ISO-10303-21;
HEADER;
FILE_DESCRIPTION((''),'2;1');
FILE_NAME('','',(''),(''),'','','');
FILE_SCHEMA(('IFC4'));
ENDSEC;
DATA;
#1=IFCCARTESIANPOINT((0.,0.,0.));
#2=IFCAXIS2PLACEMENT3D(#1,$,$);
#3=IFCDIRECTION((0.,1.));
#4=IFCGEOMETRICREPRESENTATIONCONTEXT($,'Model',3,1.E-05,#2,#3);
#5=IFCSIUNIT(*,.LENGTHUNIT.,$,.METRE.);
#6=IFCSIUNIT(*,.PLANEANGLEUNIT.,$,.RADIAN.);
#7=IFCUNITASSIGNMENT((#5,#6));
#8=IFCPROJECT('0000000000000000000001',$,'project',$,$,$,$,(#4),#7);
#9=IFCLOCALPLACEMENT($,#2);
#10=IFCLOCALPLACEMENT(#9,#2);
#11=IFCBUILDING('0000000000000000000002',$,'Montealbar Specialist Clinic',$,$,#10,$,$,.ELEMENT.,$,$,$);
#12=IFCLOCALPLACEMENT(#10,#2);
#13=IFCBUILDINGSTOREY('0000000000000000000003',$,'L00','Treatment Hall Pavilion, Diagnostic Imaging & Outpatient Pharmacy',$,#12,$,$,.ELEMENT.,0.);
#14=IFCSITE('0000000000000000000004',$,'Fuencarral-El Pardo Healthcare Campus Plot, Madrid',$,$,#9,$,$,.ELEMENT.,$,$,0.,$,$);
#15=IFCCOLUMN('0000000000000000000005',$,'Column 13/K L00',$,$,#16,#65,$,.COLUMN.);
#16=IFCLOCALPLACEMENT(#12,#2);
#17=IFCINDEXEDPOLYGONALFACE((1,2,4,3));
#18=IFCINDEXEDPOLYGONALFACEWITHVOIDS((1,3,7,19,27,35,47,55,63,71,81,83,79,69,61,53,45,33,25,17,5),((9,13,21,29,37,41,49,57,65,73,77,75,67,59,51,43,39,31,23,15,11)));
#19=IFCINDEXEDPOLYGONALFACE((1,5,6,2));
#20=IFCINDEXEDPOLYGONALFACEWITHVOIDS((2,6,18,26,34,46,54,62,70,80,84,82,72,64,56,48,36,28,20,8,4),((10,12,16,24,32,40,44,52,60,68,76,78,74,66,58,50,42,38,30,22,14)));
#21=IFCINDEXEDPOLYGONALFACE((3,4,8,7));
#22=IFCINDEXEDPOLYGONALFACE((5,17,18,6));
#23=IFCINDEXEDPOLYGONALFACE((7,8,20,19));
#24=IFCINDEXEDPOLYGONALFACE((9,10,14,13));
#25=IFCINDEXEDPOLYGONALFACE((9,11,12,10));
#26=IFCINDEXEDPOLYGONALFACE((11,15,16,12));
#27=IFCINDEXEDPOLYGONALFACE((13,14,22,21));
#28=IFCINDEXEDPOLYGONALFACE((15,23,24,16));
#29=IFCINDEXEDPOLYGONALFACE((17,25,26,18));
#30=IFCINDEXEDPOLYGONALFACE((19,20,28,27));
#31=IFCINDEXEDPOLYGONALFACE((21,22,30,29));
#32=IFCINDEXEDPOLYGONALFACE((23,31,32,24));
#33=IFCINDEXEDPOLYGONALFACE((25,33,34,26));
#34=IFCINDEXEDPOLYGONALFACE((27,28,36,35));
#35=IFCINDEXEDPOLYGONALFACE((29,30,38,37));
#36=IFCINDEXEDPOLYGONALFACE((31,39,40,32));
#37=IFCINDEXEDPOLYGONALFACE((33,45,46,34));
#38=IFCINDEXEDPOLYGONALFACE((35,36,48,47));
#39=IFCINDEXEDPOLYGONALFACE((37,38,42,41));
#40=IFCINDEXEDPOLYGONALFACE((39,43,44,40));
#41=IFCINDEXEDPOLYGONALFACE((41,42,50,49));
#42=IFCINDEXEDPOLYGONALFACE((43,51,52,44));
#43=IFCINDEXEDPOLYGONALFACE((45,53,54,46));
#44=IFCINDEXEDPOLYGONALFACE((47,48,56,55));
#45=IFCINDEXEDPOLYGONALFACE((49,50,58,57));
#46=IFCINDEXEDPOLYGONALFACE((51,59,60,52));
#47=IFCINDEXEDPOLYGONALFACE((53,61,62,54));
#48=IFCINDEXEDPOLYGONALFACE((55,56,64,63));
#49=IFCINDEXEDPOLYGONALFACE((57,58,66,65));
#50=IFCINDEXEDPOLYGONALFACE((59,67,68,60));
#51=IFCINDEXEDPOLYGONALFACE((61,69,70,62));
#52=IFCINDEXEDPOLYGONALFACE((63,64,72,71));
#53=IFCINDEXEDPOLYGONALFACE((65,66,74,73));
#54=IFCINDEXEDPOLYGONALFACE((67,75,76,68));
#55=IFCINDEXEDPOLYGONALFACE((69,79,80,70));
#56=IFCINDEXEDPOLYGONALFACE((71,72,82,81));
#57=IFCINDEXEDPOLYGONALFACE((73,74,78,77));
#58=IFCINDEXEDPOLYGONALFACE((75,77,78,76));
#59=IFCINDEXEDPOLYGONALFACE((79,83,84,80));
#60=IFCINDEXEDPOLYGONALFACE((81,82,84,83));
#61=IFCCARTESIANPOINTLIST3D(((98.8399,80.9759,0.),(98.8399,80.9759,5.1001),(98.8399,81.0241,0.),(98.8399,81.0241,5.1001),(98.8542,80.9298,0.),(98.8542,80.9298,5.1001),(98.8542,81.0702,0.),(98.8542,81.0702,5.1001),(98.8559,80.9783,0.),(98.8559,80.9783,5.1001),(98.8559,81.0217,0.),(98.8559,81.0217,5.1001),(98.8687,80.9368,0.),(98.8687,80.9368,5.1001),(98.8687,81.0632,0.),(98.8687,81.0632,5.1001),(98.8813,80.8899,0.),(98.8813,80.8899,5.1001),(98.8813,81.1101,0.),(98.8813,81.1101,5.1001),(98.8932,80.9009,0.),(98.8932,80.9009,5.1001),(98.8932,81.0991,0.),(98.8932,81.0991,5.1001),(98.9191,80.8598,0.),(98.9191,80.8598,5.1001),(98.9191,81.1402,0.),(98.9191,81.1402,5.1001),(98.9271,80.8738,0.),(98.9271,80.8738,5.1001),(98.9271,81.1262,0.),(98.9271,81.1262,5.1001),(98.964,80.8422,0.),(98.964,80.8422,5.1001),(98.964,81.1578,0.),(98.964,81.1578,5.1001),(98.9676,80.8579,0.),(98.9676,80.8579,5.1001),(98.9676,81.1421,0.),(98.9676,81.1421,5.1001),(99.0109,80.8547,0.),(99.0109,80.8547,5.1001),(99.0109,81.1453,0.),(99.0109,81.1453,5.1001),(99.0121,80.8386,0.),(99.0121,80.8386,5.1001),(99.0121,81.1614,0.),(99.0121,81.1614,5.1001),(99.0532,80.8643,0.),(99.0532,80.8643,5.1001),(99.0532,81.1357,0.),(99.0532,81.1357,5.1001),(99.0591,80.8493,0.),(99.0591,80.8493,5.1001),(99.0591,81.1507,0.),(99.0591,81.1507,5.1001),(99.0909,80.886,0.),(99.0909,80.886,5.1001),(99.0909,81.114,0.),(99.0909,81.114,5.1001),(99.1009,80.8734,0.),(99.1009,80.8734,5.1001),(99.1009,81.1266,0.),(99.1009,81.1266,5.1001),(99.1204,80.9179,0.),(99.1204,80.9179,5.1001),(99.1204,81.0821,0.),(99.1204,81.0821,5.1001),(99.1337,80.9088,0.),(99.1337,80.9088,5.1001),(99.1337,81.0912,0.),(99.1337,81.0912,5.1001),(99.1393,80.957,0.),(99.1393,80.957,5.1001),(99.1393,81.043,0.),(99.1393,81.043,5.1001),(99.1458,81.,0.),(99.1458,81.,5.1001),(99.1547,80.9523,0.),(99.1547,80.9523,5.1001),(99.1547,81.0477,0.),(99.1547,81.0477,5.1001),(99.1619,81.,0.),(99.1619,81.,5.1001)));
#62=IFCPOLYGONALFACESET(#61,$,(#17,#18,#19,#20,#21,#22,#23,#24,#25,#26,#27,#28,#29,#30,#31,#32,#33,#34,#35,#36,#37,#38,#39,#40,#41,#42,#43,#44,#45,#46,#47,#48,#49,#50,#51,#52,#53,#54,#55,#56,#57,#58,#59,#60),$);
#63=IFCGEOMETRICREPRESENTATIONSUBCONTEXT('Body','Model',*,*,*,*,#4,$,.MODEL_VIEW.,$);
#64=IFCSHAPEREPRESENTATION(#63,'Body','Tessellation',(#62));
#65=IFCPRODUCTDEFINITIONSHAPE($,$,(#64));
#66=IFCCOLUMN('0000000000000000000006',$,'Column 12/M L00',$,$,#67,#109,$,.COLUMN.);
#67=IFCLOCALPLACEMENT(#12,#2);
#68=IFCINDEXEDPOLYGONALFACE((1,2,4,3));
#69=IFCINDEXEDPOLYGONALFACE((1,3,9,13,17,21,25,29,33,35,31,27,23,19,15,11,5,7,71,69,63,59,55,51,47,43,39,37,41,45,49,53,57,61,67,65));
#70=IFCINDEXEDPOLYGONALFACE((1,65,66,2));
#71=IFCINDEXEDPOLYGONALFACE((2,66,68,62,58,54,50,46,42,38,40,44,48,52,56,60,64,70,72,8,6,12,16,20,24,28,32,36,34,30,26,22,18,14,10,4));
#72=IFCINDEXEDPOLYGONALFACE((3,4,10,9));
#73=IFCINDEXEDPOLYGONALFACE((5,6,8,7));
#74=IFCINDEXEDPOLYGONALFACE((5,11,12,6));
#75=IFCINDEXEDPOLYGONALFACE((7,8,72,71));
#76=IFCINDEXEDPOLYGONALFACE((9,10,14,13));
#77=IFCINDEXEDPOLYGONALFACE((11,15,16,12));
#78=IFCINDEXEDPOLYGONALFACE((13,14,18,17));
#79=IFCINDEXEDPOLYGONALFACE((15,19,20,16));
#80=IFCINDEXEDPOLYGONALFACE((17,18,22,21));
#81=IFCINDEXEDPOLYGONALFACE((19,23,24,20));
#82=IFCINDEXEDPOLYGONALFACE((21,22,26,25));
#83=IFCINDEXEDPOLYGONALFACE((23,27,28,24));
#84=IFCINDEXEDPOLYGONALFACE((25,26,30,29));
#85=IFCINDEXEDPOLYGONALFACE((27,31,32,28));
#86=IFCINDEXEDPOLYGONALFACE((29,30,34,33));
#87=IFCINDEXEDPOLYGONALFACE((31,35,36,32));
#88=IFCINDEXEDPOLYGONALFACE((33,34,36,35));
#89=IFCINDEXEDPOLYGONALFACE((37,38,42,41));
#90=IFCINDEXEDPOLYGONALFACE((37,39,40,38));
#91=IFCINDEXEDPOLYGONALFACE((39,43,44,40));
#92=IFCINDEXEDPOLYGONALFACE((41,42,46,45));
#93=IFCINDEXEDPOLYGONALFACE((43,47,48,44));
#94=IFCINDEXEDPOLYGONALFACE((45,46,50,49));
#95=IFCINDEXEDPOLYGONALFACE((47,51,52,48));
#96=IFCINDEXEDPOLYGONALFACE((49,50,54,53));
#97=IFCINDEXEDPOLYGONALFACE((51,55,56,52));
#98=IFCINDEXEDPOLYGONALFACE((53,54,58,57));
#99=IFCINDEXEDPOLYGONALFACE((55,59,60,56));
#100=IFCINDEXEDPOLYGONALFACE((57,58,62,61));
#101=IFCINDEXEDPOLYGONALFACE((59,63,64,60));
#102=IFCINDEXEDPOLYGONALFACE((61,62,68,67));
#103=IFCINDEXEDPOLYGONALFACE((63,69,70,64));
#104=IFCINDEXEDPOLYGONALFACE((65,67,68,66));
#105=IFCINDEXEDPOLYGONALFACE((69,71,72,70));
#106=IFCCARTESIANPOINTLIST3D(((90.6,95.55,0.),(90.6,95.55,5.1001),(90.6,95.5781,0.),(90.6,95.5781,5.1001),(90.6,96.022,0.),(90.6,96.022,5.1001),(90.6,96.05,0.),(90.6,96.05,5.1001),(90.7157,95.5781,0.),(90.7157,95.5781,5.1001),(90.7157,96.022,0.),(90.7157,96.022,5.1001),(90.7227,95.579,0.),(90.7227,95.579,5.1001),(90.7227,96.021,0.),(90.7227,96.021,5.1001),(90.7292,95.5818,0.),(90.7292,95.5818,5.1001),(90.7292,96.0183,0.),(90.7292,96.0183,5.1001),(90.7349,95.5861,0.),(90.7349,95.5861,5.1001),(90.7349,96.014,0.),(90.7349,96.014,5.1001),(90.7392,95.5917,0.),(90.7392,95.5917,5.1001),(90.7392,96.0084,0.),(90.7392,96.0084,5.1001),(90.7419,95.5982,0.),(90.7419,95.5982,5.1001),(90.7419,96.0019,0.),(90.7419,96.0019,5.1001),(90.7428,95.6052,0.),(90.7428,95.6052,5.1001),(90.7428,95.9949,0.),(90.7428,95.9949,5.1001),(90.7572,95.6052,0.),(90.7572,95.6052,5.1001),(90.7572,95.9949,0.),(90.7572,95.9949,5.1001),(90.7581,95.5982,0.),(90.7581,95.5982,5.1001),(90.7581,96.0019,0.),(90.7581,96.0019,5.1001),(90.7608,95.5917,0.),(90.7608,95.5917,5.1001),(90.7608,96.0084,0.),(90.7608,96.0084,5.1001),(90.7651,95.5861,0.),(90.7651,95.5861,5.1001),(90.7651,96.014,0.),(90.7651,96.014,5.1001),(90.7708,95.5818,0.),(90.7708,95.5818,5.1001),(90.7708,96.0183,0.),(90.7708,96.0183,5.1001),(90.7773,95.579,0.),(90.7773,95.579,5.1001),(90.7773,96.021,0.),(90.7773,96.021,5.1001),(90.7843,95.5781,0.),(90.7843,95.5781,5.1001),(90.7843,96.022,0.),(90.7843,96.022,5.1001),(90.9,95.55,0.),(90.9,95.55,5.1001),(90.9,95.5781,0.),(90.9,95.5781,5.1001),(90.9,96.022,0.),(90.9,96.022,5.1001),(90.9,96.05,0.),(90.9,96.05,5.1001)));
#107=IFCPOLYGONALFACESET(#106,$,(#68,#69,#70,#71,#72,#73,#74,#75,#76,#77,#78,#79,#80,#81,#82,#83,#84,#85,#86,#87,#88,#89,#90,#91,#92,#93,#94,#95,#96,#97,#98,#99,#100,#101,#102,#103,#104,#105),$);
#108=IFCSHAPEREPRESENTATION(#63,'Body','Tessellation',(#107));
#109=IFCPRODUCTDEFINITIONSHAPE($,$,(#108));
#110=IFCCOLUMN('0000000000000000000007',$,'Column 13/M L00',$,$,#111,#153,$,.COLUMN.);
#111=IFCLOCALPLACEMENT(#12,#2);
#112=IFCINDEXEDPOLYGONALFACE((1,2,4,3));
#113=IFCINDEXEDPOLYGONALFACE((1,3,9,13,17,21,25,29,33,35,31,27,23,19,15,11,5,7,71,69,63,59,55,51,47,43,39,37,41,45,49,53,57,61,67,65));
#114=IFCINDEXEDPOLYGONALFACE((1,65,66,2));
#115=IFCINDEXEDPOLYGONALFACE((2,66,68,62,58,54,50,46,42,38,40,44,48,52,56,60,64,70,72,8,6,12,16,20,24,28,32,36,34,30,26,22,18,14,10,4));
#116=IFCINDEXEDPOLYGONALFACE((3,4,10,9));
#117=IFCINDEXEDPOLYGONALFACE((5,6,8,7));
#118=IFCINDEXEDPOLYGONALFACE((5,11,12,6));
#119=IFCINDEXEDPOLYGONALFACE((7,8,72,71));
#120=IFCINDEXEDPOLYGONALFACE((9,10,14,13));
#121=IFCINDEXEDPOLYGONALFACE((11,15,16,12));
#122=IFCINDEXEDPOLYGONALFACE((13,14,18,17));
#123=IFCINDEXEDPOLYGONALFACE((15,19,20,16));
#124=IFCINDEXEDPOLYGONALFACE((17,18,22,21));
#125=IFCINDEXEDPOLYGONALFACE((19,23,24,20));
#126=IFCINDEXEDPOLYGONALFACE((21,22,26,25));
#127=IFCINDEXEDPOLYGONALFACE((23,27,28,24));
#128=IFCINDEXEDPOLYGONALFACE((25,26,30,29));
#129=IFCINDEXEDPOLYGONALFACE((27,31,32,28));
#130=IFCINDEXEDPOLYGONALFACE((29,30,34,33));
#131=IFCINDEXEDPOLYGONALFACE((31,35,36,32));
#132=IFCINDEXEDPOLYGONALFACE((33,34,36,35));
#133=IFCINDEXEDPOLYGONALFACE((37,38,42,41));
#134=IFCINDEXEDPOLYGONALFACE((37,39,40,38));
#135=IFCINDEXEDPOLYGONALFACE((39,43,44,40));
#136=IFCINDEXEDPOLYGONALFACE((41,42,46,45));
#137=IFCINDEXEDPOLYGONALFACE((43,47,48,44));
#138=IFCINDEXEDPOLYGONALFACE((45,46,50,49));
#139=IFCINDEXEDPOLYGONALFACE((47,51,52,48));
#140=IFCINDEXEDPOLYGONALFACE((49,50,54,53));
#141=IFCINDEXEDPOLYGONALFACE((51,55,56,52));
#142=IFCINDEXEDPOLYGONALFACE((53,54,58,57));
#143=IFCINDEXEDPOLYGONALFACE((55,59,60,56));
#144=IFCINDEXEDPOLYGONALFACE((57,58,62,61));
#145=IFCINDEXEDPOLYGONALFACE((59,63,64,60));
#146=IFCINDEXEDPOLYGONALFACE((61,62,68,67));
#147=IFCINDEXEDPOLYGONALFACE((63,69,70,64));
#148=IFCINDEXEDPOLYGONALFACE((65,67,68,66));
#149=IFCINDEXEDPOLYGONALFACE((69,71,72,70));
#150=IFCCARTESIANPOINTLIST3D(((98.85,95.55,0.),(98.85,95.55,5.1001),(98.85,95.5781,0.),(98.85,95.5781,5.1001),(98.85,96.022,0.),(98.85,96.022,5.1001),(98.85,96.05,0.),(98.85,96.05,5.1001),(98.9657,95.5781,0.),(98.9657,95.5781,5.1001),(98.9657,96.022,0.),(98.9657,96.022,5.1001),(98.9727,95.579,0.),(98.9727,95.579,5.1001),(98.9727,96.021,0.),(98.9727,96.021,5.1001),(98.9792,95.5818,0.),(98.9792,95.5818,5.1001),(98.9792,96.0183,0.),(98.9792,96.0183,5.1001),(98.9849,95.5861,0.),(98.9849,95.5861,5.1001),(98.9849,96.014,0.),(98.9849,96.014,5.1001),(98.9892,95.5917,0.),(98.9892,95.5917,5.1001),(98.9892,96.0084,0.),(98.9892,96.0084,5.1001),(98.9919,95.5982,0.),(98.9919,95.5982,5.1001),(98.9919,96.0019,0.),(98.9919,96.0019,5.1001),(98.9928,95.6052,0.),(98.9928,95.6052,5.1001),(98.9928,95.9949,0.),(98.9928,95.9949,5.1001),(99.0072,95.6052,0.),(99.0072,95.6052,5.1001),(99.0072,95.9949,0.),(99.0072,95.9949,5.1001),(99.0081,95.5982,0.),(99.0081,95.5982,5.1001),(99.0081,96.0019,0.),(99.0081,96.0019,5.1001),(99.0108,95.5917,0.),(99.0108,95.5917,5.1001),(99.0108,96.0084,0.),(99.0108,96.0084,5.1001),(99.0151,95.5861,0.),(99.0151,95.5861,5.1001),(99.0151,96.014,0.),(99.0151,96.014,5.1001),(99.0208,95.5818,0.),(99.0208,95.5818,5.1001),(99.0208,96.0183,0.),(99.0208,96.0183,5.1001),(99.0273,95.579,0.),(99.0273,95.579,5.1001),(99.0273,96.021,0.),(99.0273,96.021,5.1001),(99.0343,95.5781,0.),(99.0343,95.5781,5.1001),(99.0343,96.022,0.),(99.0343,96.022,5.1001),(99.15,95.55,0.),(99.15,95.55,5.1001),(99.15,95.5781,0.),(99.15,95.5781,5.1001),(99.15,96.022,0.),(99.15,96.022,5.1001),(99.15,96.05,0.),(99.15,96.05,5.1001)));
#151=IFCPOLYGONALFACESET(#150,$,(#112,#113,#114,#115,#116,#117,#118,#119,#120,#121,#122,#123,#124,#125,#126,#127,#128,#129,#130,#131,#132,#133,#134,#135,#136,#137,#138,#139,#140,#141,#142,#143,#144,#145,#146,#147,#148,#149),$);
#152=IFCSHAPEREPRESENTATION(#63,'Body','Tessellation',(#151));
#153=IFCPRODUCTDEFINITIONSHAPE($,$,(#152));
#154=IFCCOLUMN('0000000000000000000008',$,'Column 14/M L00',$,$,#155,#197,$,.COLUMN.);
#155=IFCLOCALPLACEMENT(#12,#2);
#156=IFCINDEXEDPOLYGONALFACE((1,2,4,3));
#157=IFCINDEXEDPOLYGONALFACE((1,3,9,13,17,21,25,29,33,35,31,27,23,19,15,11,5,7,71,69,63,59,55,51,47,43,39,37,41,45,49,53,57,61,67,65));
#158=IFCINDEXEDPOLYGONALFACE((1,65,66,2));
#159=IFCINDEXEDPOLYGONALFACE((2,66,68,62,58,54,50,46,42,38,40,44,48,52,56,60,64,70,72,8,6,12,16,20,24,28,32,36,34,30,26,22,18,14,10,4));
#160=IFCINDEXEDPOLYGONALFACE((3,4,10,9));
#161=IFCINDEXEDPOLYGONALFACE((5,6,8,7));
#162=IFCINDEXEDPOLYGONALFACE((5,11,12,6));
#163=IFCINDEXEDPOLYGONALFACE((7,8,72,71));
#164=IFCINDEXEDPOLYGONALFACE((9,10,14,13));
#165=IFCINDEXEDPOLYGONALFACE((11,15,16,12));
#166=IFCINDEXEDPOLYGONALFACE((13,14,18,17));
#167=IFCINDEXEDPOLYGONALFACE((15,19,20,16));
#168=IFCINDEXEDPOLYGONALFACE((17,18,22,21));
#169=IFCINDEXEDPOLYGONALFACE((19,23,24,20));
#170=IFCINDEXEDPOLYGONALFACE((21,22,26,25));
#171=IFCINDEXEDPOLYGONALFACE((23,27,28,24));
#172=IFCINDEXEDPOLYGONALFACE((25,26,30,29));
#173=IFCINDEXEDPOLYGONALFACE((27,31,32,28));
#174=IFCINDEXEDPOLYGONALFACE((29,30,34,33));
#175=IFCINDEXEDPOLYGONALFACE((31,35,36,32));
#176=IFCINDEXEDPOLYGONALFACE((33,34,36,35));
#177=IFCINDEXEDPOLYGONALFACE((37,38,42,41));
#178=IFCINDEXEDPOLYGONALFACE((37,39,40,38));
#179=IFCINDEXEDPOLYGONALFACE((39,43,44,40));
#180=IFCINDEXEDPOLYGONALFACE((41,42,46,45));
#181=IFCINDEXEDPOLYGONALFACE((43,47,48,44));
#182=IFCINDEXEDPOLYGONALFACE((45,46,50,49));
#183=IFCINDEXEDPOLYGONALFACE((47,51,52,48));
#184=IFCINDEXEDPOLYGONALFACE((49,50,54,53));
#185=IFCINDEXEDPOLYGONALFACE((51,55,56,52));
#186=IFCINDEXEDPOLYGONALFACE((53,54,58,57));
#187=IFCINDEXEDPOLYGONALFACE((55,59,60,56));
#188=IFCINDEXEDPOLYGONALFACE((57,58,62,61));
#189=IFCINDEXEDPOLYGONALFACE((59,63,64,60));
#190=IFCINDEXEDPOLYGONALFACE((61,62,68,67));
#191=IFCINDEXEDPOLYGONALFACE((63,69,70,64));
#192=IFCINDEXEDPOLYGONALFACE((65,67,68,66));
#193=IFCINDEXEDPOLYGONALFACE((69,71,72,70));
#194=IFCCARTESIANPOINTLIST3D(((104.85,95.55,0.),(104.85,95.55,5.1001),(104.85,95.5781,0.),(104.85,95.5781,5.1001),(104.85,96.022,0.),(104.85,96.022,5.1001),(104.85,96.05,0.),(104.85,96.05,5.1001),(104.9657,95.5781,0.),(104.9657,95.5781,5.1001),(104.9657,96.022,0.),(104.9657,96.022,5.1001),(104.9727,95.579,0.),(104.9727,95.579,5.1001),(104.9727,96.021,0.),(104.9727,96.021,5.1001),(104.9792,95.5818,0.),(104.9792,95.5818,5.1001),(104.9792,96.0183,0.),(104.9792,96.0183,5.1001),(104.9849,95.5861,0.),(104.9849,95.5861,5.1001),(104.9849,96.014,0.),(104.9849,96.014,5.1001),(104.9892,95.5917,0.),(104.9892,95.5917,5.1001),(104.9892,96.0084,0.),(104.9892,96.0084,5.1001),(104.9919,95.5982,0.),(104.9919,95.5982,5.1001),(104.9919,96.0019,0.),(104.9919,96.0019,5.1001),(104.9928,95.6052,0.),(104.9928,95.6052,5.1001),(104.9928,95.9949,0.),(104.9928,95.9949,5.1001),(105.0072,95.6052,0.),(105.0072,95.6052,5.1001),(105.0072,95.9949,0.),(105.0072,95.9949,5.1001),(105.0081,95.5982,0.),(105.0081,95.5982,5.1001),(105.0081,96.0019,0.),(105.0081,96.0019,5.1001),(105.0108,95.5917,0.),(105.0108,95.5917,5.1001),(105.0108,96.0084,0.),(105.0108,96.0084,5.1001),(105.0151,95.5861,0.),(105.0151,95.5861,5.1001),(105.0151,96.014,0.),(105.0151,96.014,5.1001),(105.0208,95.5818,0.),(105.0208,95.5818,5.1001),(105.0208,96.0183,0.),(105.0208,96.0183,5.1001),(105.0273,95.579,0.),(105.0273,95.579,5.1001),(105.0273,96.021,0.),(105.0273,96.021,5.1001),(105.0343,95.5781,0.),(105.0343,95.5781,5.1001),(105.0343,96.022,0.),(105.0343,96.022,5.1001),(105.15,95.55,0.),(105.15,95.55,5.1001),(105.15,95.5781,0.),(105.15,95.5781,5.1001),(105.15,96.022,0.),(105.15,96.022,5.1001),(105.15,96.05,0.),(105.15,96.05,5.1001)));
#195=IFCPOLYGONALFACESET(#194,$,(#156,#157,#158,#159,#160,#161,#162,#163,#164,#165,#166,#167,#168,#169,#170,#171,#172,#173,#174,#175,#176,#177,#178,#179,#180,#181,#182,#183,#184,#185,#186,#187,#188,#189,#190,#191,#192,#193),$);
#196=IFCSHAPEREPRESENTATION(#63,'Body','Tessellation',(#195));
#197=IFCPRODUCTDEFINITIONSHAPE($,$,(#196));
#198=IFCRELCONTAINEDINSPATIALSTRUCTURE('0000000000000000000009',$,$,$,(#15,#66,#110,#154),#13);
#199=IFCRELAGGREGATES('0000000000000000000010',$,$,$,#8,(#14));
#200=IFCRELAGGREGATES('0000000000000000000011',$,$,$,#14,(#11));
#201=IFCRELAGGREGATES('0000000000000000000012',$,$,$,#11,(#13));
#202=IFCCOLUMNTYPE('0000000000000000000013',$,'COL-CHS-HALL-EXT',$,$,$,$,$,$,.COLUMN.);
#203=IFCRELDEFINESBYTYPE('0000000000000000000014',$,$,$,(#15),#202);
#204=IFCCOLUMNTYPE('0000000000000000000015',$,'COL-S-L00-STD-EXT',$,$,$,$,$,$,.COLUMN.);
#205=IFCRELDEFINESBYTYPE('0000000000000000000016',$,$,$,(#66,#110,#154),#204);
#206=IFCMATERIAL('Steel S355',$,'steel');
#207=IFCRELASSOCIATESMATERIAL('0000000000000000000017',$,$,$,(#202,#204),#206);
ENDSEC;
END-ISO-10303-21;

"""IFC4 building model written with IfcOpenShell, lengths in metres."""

from ifc_helpers import new_model, si_unit, direction, frame, origin, origin_2d, place, context, subcontext, project, spatial, hollow_circle, i_section, extrude, material, material_profile, profile_set, type_object, element, save


model = new_model("IFC4")

# Units and contexts
model_context = context("Model", 3, precision=1e-05, world=origin(), true_north=direction((0.0, 1.0)))
body_context = subcontext(model_context, "Body", "Model", "MODEL_VIEW")
ifc_project = project(units=[si_unit("LENGTHUNIT", "METRE"), si_unit("PLANEANGLEUNIT", "RADIAN")], contexts=[model_context])

# Site, building, storey
site_placement = place(None, origin())
site = spatial("IfcSite", under=ifc_project, at=site_placement, Name="Fuencarral-El Pardo Healthcare Campus Plot, Madrid", CompositionType="ELEMENT", RefElevation=0.0)
building_placement = place(site_placement, origin())
building = spatial("IfcBuilding", under=site, at=building_placement, Name="Montealbar Specialist Clinic", CompositionType="ELEMENT")
storey_placement = place(building_placement, origin())
storey = spatial("IfcBuildingStorey", under=building, at=storey_placement, Name="L00", Description="Treatment Hall Pavilion, Diagnostic Imaging & Outpatient Pharmacy", CompositionType="ELEMENT", Elevation=0.0)

# Columns
ifc_material_1 = material(Name="Steel S355", Category="steel")
ifc_material_profile_1 = material_profile(ifc_material_1, hollow_circle(Radius=0.1619, WallThickness=0.0161, at=origin_2d()), Name="CHS 323.9x16.0", Category="steel")
ifc_profile_set_1 = profile_set([ifc_material_profile_1], Name="Steel S355")
column_type_1 = type_object("IfcColumnType", Name="COL-CHS-HALL-EXT", PredefinedType="COLUMN", material=ifc_profile_set_1)
column_placement = place(storey_placement, frame((99.0, 81.0, 0.0), z_axis=(0.0, 0.0, 1.0), x_axis=(1.0, 0.0, 0.0)))
element("IfcColumn", 1, at=column_placement, inside=storey, type_object=column_type_1, Name="Column 13/K L00", PredefinedType="COLUMN", context=body_context, shape_type="SweptSolid", body=[
    extrude(hollow_circle(Radius=0.1619, WallThickness=0.0161, at=origin_2d()), origin(), (0.0, 0.0, 1.0), 5.1001),
])
ifc_material_profile_2 = material_profile(ifc_material_1, i_section(OverallWidth=0.3, OverallDepth=0.5, WebThickness=0.0144, FlangeThickness=0.0281, FilletRadius=0.0271, at=origin_2d()), Name="HEB 500", Category="steel")
ifc_profile_set_2 = profile_set([ifc_material_profile_2], Name="Steel S355")
column_type_2 = type_object("IfcColumnType", Name="COL-S-L00-STD-EXT", PredefinedType="COLUMN", material=ifc_profile_set_2)
for number, where, z_axis, x_axis, name in (
    (2, (90.75, 95.8, 0.0), (0.0, 0.0, 1.0), (1.0, 0.0, 0.0), "Column 12/M L00"),
    (3, (99.0, 95.8, 0.0), (0.0, 0.0, 1.0), (1.0, 0.0, 0.0), "Column 13/M L00"),
    (4, (105.0, 95.8, 0.0), (0.0, 0.0, 1.0), (1.0, 0.0, 0.0), "Column 14/M L00"),
):
    element("IfcColumn", number, at=place(storey_placement, frame(where, z_axis=z_axis, x_axis=x_axis)), inside=storey, type_object=column_type_2, Name=name, PredefinedType="COLUMN", context=body_context, shape_type="SweptSolid", body=[
        extrude(i_section(OverallWidth=0.3, OverallDepth=0.5, WebThickness=0.0144, FlangeThickness=0.0281, FilletRadius=0.0271, at=origin_2d()), origin(), (0.0, 0.0, 1.0), 5.1001),
    ])

save(model, "model.ifc")
